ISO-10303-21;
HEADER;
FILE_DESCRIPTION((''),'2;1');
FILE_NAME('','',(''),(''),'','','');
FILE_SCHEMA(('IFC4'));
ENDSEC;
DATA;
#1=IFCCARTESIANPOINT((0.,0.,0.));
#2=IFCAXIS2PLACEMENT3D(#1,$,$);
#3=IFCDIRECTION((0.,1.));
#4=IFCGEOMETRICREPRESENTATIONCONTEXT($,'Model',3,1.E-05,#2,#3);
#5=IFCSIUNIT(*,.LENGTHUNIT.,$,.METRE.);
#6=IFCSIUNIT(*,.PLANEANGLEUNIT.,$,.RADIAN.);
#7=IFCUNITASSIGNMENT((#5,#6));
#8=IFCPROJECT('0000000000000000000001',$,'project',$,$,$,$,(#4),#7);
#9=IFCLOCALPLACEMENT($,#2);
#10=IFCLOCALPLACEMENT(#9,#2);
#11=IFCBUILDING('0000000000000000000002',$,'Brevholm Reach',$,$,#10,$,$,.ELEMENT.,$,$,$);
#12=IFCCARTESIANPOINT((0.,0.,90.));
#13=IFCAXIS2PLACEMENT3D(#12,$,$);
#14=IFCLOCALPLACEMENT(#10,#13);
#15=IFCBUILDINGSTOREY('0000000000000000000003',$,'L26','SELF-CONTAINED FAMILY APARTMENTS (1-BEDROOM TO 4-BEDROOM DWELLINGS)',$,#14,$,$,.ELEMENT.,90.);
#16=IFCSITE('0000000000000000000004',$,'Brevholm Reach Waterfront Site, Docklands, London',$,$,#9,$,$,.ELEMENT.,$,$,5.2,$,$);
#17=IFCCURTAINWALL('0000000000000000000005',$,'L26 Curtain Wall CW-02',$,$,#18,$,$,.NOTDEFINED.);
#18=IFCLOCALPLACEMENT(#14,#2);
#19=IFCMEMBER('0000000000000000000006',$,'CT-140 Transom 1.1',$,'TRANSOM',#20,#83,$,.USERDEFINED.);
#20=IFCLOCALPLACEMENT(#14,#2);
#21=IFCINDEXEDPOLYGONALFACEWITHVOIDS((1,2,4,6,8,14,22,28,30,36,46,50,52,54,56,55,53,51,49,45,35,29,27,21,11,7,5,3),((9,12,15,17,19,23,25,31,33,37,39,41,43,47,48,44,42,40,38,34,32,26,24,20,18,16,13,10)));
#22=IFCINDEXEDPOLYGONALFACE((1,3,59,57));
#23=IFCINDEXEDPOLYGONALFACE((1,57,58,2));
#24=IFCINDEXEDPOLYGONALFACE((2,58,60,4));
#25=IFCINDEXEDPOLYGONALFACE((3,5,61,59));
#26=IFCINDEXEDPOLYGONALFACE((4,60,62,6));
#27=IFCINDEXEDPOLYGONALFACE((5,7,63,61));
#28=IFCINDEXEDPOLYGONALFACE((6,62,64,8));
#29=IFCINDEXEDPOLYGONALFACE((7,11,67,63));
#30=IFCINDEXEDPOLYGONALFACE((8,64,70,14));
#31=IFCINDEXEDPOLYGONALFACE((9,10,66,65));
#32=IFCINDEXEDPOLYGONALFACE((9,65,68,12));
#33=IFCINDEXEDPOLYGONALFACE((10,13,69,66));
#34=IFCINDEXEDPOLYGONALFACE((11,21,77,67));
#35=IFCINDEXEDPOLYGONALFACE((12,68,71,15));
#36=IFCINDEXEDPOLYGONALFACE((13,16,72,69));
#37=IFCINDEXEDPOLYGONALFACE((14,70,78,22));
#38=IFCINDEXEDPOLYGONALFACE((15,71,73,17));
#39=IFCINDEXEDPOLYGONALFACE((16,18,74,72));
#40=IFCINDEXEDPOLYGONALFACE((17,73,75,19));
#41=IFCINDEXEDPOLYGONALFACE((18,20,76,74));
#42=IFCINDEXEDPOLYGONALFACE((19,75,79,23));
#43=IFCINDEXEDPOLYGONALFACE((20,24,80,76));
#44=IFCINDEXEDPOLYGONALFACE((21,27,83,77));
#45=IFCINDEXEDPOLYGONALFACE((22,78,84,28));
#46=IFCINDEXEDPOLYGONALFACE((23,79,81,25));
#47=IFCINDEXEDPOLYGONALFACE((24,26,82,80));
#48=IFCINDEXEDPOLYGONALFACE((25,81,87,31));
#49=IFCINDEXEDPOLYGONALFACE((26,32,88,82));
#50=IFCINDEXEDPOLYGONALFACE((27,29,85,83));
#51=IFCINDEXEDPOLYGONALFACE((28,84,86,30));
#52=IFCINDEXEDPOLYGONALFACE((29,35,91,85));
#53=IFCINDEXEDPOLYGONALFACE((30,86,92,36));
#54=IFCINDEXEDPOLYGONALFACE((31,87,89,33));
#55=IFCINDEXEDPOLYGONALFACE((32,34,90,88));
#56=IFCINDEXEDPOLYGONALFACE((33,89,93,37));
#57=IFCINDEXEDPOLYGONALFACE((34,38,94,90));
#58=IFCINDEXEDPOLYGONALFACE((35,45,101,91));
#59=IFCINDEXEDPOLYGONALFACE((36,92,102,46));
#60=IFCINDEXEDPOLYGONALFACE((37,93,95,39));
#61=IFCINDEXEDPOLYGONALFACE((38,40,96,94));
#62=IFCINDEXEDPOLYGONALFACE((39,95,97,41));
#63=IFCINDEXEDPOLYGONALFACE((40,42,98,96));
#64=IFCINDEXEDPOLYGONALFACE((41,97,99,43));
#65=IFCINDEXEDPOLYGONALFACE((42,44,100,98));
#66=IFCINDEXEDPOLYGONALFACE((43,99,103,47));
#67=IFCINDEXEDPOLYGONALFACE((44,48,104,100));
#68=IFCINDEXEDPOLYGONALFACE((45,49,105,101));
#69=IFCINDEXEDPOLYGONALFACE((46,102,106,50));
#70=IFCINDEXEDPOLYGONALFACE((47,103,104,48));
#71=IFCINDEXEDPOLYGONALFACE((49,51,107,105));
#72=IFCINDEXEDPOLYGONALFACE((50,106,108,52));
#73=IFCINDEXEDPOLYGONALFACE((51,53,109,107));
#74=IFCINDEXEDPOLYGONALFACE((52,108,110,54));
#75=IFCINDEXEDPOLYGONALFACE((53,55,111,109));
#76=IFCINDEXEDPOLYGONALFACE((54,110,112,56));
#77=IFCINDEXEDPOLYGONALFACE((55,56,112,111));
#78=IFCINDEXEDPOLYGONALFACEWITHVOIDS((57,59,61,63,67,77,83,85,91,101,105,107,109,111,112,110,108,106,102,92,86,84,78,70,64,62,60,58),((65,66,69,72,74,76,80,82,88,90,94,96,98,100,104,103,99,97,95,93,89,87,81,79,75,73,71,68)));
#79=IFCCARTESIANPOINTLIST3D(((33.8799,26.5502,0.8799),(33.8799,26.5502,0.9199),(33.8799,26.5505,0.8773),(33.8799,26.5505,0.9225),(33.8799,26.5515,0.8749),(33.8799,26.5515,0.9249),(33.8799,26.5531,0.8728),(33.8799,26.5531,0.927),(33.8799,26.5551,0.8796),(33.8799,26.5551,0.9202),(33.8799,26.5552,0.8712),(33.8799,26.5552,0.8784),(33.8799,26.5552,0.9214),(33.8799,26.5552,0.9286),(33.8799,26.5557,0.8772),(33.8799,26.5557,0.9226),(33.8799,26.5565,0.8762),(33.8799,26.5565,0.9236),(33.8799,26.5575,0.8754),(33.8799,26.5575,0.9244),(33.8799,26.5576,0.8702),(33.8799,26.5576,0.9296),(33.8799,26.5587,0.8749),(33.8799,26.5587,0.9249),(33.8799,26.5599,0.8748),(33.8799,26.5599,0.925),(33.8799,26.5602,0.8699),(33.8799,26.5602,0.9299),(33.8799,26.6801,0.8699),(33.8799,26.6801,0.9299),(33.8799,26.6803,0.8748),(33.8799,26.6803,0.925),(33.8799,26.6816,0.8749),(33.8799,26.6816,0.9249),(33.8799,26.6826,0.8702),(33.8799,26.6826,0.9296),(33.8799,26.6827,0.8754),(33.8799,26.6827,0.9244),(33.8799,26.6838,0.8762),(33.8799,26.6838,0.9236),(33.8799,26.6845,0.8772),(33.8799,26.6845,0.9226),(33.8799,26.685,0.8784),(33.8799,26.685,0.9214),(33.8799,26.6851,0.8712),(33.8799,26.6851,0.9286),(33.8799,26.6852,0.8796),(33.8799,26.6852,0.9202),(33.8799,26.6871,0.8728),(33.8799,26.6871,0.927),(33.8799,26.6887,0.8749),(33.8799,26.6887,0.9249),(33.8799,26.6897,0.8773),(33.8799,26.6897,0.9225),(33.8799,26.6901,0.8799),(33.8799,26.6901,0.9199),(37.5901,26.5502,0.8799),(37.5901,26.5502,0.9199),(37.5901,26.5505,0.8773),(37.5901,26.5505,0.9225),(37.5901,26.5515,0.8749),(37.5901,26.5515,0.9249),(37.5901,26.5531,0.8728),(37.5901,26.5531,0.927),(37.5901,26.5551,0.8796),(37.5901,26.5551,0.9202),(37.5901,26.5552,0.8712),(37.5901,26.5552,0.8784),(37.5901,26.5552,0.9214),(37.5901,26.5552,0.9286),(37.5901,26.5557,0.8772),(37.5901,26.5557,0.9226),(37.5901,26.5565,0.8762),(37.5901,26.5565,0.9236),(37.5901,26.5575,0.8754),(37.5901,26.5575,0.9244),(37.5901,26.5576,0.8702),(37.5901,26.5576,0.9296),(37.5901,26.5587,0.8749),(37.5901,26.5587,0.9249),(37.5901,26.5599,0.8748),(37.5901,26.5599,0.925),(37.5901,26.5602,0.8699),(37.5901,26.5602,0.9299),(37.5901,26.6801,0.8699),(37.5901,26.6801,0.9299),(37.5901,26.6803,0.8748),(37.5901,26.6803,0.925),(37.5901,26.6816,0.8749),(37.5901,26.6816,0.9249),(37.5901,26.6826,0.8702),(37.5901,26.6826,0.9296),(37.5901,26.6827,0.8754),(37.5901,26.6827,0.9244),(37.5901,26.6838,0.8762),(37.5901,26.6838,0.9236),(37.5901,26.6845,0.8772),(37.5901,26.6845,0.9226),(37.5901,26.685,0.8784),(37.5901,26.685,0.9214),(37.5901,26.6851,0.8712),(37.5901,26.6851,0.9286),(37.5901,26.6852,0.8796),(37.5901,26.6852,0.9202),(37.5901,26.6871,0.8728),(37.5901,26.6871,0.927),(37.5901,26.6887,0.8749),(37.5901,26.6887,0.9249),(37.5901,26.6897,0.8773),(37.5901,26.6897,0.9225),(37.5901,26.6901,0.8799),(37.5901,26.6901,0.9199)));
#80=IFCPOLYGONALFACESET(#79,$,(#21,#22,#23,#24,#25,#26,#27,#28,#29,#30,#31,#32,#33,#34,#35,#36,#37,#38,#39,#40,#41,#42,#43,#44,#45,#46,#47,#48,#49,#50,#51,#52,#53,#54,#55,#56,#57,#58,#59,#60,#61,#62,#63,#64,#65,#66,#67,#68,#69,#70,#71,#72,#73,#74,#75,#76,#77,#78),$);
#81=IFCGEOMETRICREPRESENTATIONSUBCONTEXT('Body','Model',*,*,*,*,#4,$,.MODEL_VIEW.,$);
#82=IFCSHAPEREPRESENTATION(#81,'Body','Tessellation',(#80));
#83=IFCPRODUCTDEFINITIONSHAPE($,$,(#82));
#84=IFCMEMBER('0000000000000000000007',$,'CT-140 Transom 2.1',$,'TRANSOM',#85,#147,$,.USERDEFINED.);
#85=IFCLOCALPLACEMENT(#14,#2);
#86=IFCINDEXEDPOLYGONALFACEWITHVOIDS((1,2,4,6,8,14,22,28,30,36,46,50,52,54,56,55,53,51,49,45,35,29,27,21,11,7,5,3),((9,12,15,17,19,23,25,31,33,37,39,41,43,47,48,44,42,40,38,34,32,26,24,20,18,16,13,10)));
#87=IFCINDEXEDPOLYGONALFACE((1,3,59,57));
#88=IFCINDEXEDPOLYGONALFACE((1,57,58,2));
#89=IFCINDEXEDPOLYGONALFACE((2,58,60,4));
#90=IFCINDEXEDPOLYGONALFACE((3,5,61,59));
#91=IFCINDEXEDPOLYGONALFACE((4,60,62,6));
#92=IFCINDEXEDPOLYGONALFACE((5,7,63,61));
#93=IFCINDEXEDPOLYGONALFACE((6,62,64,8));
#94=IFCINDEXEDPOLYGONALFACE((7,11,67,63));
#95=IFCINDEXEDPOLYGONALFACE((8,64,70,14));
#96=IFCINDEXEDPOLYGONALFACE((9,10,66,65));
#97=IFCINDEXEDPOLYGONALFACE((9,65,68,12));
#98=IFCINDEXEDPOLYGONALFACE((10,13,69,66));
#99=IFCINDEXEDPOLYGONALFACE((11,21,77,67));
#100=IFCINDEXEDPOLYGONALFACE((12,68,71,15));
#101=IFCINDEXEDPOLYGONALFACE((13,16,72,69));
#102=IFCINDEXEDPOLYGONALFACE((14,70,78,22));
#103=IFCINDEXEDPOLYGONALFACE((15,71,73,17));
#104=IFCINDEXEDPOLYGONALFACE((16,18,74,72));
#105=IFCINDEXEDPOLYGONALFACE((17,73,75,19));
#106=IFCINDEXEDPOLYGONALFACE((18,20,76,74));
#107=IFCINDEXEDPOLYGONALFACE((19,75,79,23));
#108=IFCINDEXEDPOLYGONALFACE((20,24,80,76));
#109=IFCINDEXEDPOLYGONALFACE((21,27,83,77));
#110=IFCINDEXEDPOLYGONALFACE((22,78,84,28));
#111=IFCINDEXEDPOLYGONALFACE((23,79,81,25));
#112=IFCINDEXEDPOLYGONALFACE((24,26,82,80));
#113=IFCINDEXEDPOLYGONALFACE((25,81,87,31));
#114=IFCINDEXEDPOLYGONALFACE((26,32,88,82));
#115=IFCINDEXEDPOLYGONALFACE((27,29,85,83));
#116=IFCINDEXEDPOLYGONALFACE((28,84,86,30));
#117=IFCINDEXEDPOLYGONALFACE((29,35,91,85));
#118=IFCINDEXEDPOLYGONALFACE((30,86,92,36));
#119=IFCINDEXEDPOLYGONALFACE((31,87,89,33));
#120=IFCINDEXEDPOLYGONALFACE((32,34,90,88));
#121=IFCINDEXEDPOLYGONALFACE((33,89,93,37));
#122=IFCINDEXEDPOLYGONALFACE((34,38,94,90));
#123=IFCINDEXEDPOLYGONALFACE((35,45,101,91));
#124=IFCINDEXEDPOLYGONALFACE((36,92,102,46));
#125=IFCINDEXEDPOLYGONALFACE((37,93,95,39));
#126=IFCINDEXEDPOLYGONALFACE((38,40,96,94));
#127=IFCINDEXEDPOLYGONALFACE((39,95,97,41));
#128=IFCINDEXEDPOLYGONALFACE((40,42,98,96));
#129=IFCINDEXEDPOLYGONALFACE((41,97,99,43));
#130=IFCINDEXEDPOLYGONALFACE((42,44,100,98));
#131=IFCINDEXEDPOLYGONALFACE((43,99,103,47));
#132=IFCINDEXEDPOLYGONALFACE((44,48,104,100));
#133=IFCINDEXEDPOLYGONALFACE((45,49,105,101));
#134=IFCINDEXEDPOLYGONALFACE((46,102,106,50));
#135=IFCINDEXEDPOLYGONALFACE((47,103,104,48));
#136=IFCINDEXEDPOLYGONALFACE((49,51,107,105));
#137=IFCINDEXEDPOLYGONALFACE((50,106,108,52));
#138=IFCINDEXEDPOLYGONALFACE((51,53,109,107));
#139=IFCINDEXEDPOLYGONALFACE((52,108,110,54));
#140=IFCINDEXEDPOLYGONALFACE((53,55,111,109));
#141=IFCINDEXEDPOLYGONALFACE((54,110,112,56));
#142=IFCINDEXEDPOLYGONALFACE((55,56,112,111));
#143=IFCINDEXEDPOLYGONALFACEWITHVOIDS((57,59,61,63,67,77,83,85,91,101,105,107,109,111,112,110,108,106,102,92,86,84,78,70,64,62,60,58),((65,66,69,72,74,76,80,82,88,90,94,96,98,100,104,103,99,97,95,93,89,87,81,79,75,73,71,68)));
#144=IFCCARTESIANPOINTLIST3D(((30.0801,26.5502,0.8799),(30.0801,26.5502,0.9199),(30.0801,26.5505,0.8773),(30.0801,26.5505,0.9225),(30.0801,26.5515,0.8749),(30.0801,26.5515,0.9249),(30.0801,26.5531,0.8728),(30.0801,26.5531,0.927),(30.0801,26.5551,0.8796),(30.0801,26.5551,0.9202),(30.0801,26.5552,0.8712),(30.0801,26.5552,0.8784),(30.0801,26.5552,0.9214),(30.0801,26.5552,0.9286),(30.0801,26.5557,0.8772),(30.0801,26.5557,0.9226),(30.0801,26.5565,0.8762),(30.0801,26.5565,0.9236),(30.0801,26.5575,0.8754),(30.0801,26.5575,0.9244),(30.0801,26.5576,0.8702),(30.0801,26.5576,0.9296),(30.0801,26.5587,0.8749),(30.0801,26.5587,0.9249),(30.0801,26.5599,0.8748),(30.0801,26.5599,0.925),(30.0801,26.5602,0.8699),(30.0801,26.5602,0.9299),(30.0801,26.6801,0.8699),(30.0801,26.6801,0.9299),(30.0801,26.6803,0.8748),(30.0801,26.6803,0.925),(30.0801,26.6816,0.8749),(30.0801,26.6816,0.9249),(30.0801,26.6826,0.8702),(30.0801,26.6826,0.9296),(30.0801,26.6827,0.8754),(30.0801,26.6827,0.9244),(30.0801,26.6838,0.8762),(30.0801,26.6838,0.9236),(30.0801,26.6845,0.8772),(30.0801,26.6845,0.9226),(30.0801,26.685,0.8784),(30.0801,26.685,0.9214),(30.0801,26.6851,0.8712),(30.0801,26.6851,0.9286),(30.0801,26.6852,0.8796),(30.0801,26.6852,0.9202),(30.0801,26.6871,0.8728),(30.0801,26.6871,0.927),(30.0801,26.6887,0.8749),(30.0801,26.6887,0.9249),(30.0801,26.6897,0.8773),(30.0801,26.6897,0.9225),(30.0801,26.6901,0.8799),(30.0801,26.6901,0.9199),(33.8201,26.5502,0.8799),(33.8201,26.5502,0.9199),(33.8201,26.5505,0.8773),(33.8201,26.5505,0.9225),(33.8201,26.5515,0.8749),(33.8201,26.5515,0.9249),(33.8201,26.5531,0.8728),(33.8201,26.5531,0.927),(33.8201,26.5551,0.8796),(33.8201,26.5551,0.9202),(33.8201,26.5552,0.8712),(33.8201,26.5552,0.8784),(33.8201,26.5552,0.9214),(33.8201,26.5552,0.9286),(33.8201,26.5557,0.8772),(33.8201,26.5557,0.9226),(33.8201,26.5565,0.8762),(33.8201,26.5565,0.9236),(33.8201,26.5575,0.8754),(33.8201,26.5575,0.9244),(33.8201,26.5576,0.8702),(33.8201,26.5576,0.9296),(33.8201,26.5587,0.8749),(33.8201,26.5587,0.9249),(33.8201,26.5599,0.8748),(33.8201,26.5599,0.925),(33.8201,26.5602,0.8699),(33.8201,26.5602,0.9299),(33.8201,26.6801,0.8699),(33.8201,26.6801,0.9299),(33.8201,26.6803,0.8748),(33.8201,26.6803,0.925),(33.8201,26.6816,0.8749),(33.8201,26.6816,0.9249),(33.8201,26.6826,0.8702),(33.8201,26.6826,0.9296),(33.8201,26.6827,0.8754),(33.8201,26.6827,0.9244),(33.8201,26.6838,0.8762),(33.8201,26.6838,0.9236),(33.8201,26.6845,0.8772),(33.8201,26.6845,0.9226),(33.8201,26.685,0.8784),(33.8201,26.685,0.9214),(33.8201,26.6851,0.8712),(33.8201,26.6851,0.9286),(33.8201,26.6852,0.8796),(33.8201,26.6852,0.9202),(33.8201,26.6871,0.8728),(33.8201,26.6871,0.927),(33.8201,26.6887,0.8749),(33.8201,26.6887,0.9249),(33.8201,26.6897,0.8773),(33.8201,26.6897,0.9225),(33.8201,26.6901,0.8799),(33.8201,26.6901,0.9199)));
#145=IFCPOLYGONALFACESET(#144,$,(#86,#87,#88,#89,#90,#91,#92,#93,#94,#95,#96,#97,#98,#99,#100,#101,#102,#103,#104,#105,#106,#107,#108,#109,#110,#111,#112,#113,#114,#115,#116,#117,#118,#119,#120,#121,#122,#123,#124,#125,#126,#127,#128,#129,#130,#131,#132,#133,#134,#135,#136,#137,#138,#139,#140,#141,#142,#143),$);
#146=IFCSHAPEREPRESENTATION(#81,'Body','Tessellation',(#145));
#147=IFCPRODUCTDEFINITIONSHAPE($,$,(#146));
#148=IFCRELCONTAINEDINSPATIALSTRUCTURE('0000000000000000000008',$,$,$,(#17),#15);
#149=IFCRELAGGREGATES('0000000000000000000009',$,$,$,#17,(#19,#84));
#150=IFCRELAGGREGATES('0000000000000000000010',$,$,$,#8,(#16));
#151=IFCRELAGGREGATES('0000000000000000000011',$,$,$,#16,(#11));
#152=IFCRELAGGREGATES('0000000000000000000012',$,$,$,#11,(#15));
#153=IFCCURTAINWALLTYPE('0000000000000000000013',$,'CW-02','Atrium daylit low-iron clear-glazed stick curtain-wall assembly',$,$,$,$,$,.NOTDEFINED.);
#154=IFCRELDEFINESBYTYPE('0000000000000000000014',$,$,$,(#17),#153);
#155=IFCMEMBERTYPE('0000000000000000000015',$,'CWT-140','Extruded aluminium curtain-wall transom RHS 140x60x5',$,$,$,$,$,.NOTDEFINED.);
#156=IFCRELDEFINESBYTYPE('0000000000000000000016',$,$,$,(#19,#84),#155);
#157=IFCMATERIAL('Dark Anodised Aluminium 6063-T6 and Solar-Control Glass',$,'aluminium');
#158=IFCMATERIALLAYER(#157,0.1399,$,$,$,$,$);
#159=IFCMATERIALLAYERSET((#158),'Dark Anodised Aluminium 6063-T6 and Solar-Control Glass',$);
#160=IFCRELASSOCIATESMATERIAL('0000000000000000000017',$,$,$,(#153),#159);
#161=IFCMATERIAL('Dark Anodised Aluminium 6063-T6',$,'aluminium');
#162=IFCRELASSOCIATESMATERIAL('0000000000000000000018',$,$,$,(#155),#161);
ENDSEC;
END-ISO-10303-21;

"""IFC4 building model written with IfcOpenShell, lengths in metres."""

from ifc_helpers import new_model, si_unit, direction, frame, origin, origin_2d, place, context, subcontext, project, spatial, hollow_rectangle, extrude, material, layer, layer_set, material_profile, profile_set, type_object, element, aggregate, save


model = new_model("IFC4")

# Units and contexts
model_context = context("Model", 3, precision=1e-05, world=origin(), true_north=direction((0.0, 1.0)))
body_context = subcontext(model_context, "Body", "Model", "MODEL_VIEW")
ifc_project = project(units=[si_unit("LENGTHUNIT", "METRE"), si_unit("PLANEANGLEUNIT", "RADIAN")], contexts=[model_context])

# Site, building, storey
site_placement = place(None, origin())
site = spatial("IfcSite", under=ifc_project, at=site_placement, Name="Brevholm Reach Waterfront Site, Docklands, London", CompositionType="ELEMENT", RefElevation=5.2)
building_placement = place(site_placement, origin())
building = spatial("IfcBuilding", under=site, at=building_placement, Name="Brevholm Reach", CompositionType="ELEMENT")
storey_placement = place(building_placement, frame((0.0, 0.0, 90.0)))
storey = spatial("IfcBuildingStorey", under=building, at=storey_placement, Name="L26", Description="SELF-CONTAINED FAMILY APARTMENTS (1-BEDROOM TO 4-BEDROOM DWELLINGS)", CompositionType="ELEMENT", Elevation=90.0)

# Curtain wall
ifc_material_1 = material(Name="Dark Anodised Aluminium 6063-T6 and Solar-Control Glass", Category="aluminium")
ifc_layer_1 = layer(ifc_material_1, 0.1399)
ifc_layer_set_1 = layer_set([ifc_layer_1], Name="Dark Anodised Aluminium 6063-T6 and Solar-Control Glass")
curtain_wall_type_1 = type_object("IfcCurtainWallType", Name="CW-02", Description="Atrium daylit low-iron clear-glazed stick curtain-wall assembly", PredefinedType="NOTDEFINED", material=ifc_layer_set_1)
curtain_wall_1_placement = place(storey_placement, origin())
curtain_wall_1 = element("IfcCurtainWall", 1, at=curtain_wall_1_placement, inside=storey, type_object=curtain_wall_type_1, Name="L26 Curtain Wall CW-02", PredefinedType="NOTDEFINED")

# Members
ifc_material_2 = material(Name="Dark Anodised Aluminium 6063-T6", Category="aluminium")
ifc_material_profile_1 = material_profile(ifc_material_2, hollow_rectangle(XDim=0.0601, YDim=0.1399, WallThickness=0.0049, InnerFilletRadius=0.0049, OuterFilletRadius=0.01, at=origin_2d()), Name="RHS 140x60x5")
ifc_profile_set_1 = profile_set([ifc_material_profile_1], Name="Dark Anodised Aluminium 6063-T6")
member_type_1 = type_object("IfcMemberType", Name="CWT-140", Description="Extruded aluminium curtain-wall transom RHS 140x60x5", PredefinedType="NOTDEFINED", material=ifc_profile_set_1)
member_1_placement = place(storey_placement, frame((37.5901, 26.6201, 0.8999), z_axis=(-1.0, 0.0, 0.0), x_axis=(0.0, 0.0, 1.0)))
member_1 = element("IfcMember", 2, at=member_1_placement, type_object=member_type_1, Name="CT-140 Transom 1.1", ObjectType="TRANSOM", PredefinedType="USERDEFINED", context=body_context, shape_type="SweptSolid", body=[
    extrude(hollow_rectangle(XDim=0.0601, YDim=0.1399, WallThickness=0.0049, InnerFilletRadius=0.0049, OuterFilletRadius=0.01, at=origin_2d()), origin(), (0.0, 0.0, 1.0), 3.7102),
])
member_2_placement = place(storey_placement, frame((33.8201, 26.6201, 0.8999), z_axis=(-1.0, 0.0, 0.0), x_axis=(0.0, 0.0, 1.0)))
member_2 = element("IfcMember", 3, at=member_2_placement, type_object=member_type_1, Name="CT-140 Transom 2.1", ObjectType="TRANSOM", PredefinedType="USERDEFINED", context=body_context, shape_type="SweptSolid", body=[
    extrude(hollow_rectangle(XDim=0.0601, YDim=0.1399, WallThickness=0.0049, InnerFilletRadius=0.0049, OuterFilletRadius=0.01, at=origin_2d()), origin(), (0.0, 0.0, 1.0), 3.74),
])

aggregate(curtain_wall_1, [member_1, member_2])

save(model, "model.ifc")
